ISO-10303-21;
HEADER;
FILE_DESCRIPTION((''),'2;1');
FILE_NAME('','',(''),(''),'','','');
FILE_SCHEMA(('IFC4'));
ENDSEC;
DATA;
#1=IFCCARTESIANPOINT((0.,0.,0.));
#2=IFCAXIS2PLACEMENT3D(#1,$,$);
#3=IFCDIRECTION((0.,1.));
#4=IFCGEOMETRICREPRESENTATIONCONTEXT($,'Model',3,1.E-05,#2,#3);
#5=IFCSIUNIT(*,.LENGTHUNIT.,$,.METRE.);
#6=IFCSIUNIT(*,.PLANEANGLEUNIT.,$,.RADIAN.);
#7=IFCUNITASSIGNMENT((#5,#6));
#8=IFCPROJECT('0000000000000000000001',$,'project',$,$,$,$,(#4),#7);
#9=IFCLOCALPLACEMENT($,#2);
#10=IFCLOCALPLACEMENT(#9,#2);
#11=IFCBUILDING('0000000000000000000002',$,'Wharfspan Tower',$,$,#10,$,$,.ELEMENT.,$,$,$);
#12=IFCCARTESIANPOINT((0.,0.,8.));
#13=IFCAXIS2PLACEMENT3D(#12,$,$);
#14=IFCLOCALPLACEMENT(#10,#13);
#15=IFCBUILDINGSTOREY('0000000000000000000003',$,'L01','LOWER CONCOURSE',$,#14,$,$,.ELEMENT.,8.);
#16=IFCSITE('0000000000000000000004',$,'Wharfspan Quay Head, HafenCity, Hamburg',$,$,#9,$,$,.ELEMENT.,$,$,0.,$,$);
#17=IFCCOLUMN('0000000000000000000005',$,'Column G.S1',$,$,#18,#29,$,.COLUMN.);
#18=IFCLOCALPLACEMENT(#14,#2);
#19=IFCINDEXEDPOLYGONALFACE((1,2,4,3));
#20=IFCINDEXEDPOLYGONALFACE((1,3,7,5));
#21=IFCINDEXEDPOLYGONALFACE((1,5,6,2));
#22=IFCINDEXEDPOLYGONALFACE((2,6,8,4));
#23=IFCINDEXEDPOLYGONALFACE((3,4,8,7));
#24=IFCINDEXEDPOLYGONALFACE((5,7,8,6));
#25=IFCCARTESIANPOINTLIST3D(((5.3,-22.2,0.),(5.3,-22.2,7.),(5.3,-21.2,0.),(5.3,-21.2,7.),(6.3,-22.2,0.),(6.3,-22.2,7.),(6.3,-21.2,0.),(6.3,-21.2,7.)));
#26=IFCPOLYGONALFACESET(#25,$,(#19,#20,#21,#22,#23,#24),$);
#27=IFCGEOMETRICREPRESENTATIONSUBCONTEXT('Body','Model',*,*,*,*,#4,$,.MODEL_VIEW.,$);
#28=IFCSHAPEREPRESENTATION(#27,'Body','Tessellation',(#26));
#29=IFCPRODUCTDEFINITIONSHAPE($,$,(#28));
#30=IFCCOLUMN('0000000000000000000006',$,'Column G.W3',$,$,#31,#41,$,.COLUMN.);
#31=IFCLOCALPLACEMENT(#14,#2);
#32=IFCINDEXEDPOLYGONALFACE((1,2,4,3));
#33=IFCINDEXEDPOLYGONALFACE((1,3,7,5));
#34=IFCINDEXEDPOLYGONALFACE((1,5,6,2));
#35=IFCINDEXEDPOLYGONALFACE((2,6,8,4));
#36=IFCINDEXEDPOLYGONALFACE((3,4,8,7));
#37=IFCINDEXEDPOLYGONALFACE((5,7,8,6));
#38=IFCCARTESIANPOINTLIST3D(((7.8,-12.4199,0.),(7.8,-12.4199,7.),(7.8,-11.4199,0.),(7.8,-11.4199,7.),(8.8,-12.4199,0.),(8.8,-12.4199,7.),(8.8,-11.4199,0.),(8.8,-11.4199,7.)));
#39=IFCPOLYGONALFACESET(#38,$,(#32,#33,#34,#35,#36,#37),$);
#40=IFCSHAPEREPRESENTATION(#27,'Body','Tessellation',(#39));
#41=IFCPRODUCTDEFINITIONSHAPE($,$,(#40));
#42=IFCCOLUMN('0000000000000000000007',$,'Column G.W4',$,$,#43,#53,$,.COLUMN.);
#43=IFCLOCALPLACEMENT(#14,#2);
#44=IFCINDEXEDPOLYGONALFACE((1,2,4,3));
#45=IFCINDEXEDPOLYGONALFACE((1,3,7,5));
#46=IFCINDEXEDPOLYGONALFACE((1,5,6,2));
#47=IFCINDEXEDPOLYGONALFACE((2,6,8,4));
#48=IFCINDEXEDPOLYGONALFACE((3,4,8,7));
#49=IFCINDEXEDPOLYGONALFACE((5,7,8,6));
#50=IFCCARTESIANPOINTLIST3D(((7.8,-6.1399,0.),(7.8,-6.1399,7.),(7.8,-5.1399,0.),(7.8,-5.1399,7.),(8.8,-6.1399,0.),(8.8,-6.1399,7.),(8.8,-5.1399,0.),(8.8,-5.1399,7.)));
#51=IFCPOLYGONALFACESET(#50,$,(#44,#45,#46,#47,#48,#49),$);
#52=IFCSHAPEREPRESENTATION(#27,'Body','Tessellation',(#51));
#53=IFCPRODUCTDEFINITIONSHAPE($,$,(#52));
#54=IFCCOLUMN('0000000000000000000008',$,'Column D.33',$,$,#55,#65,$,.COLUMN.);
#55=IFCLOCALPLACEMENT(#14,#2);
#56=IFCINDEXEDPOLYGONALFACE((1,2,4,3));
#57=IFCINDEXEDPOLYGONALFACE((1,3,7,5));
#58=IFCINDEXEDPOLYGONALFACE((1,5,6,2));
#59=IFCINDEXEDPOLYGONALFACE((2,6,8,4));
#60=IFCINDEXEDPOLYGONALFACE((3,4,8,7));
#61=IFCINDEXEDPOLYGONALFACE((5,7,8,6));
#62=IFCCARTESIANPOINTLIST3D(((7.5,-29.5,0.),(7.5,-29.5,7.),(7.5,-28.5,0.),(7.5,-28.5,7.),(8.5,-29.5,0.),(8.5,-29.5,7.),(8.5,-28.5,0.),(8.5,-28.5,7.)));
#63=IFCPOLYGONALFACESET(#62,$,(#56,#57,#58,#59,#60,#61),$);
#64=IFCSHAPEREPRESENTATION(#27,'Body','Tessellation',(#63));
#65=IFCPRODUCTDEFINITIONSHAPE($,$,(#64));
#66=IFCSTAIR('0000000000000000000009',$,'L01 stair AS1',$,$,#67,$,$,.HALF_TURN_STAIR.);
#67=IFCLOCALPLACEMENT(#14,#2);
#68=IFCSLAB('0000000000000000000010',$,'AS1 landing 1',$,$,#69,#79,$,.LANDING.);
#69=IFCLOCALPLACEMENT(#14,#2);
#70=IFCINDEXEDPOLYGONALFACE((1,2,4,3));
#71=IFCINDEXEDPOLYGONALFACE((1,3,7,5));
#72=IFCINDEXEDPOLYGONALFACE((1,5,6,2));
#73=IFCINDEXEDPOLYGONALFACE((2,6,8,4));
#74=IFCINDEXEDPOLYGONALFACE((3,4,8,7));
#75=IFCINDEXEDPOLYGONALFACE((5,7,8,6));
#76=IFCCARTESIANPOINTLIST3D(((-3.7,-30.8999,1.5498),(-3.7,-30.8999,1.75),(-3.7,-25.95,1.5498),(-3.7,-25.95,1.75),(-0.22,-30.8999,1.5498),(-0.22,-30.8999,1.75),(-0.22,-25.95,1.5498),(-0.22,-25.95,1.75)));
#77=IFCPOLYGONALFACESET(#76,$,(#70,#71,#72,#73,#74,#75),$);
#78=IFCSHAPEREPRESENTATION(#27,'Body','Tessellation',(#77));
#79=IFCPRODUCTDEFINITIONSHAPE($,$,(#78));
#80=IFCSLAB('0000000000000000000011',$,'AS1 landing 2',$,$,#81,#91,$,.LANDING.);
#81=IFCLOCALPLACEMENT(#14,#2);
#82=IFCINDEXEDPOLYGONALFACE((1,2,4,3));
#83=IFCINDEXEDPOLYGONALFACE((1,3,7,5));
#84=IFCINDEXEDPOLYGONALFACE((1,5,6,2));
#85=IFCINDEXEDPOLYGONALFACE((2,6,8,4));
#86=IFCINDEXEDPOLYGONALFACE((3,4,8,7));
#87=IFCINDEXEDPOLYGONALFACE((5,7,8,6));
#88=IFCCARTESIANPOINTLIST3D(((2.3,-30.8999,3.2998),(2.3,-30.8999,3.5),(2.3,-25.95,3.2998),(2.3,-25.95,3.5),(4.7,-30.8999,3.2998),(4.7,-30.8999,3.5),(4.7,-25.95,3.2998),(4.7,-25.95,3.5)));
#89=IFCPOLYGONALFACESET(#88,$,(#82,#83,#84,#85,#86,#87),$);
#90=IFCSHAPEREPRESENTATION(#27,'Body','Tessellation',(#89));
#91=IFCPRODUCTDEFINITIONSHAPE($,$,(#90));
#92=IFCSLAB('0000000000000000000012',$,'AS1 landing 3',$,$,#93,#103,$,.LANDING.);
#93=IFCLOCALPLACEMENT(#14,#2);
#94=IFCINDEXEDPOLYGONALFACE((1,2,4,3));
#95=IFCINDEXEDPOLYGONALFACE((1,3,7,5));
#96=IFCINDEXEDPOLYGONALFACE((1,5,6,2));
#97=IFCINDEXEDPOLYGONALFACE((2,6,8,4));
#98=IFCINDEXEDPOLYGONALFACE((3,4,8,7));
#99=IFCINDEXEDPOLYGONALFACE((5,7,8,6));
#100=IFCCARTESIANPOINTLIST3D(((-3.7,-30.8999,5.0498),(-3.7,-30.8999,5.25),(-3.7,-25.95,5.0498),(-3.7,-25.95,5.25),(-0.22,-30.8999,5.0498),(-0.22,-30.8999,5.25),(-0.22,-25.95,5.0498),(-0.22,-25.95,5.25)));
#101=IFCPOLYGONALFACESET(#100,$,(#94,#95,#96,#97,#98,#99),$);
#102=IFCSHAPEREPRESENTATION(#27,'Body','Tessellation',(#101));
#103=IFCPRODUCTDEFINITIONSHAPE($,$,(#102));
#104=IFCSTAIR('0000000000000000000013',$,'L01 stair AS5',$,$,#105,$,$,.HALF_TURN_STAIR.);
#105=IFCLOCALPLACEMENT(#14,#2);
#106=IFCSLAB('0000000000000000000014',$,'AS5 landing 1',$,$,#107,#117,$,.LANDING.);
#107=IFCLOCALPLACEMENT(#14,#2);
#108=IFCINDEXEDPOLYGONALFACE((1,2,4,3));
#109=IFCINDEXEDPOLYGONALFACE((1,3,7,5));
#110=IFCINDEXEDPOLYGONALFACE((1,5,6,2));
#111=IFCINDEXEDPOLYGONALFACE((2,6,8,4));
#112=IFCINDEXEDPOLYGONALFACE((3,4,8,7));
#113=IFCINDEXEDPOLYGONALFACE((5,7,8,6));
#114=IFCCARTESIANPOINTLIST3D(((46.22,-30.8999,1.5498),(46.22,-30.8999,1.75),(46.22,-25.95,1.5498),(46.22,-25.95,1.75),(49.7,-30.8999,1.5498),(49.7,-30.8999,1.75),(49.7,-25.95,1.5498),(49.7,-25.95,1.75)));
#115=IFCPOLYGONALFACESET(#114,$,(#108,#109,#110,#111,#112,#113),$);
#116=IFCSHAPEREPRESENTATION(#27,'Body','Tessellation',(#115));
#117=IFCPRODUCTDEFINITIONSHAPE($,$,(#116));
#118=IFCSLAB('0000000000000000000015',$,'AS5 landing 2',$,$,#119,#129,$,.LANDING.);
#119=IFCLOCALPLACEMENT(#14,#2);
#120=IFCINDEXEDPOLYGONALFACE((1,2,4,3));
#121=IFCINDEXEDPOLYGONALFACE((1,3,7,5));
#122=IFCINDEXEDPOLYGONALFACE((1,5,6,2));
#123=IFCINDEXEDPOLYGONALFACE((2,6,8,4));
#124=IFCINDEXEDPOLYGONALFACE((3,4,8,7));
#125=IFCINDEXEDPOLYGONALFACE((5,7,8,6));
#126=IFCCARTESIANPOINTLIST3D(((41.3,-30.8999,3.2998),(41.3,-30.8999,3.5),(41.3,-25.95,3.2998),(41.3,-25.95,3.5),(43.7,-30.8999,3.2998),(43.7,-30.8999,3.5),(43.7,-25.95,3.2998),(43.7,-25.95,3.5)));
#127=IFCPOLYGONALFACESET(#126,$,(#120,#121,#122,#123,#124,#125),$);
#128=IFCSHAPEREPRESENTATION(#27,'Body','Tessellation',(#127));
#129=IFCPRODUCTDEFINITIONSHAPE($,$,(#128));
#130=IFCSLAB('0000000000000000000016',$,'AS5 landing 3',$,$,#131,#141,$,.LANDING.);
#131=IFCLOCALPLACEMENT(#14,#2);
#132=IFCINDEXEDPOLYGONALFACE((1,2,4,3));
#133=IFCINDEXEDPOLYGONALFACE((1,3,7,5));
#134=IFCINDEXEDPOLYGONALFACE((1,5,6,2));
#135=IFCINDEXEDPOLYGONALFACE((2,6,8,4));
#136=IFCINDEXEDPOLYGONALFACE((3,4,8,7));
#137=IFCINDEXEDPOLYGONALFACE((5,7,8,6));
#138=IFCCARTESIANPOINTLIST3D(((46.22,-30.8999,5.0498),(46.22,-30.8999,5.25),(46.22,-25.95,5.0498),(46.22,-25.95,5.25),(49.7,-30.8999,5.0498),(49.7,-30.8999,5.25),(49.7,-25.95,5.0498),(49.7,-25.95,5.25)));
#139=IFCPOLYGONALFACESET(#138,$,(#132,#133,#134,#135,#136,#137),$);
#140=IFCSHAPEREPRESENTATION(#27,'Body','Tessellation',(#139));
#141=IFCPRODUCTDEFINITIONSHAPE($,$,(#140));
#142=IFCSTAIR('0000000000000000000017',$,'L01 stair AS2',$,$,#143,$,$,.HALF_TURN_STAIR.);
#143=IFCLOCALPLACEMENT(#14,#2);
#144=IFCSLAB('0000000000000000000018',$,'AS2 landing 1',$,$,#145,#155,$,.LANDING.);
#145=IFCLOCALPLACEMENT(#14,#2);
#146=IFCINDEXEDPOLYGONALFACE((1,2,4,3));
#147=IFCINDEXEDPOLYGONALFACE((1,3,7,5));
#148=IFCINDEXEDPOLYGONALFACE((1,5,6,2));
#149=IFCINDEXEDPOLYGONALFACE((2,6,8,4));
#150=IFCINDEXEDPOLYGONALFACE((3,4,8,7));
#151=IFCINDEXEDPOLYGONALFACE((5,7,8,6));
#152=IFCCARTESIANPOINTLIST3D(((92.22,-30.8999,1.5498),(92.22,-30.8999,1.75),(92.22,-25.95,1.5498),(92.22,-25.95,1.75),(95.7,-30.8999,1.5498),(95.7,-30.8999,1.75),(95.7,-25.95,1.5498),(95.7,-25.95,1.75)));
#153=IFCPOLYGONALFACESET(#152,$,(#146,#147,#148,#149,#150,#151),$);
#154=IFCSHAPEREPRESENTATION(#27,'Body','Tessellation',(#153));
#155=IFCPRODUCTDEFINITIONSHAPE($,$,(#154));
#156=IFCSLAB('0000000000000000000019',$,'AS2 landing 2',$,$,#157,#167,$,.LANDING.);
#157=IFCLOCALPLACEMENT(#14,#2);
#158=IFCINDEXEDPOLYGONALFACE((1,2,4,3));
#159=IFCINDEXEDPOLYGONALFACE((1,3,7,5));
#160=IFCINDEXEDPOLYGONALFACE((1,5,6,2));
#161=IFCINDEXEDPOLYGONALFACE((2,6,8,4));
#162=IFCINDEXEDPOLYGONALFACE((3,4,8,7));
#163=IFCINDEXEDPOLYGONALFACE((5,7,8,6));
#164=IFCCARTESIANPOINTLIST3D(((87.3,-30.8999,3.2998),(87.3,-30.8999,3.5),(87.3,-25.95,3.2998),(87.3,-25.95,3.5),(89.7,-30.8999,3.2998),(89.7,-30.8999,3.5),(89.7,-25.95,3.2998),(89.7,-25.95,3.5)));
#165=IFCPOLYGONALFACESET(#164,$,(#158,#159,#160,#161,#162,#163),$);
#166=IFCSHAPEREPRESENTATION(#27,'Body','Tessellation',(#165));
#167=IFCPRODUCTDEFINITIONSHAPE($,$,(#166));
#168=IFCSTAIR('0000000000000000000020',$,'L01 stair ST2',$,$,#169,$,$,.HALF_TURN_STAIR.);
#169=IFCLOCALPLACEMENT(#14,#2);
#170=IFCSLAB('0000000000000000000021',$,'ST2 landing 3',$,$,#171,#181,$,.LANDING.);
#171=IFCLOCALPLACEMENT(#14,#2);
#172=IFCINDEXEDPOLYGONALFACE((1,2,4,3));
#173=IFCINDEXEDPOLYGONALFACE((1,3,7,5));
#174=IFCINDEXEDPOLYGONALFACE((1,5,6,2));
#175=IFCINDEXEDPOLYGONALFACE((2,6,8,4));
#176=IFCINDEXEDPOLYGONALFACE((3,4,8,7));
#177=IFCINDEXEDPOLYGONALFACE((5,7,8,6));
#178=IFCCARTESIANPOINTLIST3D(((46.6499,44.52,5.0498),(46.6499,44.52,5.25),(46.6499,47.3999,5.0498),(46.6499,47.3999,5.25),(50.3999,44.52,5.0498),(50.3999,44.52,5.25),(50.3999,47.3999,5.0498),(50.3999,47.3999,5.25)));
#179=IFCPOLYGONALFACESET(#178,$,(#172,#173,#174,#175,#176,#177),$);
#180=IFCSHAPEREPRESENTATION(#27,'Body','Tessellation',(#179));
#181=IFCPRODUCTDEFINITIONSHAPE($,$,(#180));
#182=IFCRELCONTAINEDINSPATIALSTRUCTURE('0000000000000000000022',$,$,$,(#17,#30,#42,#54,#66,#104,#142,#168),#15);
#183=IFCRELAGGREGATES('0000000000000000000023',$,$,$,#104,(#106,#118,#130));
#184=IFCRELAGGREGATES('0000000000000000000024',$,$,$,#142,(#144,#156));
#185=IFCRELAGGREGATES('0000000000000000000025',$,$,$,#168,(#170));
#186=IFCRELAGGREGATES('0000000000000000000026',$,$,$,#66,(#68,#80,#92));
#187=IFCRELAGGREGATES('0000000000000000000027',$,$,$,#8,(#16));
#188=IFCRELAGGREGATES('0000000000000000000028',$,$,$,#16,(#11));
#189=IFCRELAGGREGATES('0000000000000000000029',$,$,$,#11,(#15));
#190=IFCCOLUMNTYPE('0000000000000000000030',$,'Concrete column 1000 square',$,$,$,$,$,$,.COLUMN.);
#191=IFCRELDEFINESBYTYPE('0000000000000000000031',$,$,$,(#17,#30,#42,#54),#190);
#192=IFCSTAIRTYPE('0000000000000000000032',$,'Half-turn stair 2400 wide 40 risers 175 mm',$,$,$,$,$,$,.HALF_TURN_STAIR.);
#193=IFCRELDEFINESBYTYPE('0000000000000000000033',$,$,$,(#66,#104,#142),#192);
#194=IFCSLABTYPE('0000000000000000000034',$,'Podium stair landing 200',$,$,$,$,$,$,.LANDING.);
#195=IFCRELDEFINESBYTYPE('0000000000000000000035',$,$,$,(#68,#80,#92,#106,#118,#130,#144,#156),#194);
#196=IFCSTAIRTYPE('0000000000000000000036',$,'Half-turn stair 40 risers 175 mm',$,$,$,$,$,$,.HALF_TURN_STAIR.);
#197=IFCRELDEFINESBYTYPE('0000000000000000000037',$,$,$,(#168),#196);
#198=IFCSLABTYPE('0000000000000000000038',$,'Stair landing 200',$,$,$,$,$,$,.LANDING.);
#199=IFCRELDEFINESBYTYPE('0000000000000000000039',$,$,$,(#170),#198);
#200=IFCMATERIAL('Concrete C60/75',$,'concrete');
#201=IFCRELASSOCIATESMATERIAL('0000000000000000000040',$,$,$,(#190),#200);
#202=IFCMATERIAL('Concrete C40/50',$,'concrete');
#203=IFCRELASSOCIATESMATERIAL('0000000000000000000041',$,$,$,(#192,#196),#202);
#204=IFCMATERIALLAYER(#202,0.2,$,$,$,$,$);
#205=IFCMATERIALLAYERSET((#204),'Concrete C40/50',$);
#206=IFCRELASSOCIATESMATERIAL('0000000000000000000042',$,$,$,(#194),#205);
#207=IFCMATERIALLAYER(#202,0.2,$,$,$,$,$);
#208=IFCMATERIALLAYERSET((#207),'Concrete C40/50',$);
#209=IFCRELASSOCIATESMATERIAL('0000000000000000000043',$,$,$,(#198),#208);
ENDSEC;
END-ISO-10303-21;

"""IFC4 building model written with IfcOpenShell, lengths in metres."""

from ifc_helpers import new_model, si_unit, direction, frame, origin, origin_2d, place, context, subcontext, project, spatial, polyline, rectangle, outline, extrude, material, layer, layer_set, material_profile, profile_set, type_object, element, aggregate, save


model = new_model("IFC4")

# Units and contexts
model_context = context("Model", 3, precision=1e-05, world=origin(), true_north=direction((0.0, 1.0)))
body_context = subcontext(model_context, "Body", "Model", "MODEL_VIEW")
ifc_project = project(units=[si_unit("LENGTHUNIT", "METRE"), si_unit("PLANEANGLEUNIT", "RADIAN")], contexts=[model_context])

# Site, building, storey
site_placement = place(None, origin())
site = spatial("IfcSite", under=ifc_project, at=site_placement, Name="Wharfspan Quay Head, HafenCity, Hamburg", CompositionType="ELEMENT", RefElevation=0.0)
building_placement = place(site_placement, origin())
building = spatial("IfcBuilding", under=site, at=building_placement, Name="Wharfspan Tower", CompositionType="ELEMENT")
storey_placement = place(building_placement, frame((0.0, 0.0, 8.0)))
storey = spatial("IfcBuildingStorey", under=building, at=storey_placement, Name="L01", Description="LOWER CONCOURSE", CompositionType="ELEMENT", Elevation=8.0)

# Columns
ifc_material_1 = material(Name="Concrete C60/75", Category="concrete")
ifc_material_profile = material_profile(ifc_material_1, rectangle(XDim=1.0, YDim=1.0, at=origin_2d()))
ifc_profile_set = profile_set([ifc_material_profile], Name="Concrete C60/75")
column_type = type_object("IfcColumnType", Name="Concrete column 1000 square", PredefinedType="COLUMN", material=ifc_profile_set)
for number, where, z_axis, x_axis, name in (
    (1, (5.8, -21.7, 0.0), (0.0, 0.0, 1.0), (1.0, 0.0, 0.0), "Column G.S1"),
    (2, (8.3, -11.9199, 0.0), (0.0, 0.0, 1.0), (1.0, 0.0, 0.0), "Column G.W3"),
    (3, (8.3, -5.6399, 0.0), (0.0, 0.0, 1.0), (1.0, 0.0, 0.0), "Column G.W4"),
    (4, (8.0, -29.0, 0.0), (0.0, 0.0, 1.0), (1.0, 0.0, 0.0), "Column D.33"),
):
    element("IfcColumn", number, at=place(storey_placement, frame(where, z_axis=z_axis, x_axis=x_axis)), inside=storey, type_object=column_type, Name=name, PredefinedType="COLUMN", context=body_context, shape_type="SweptSolid", body=[
        extrude(rectangle(XDim=1.0, YDim=1.0, at=origin_2d()), origin(), (0.0, 0.0, 1.0), 7.0),
    ])

# Stairs, slabs
ifc_material_2 = material(Name="Concrete C40/50", Category="concrete")
stair_type_1 = type_object("IfcStairType", Name="Half-turn stair 2400 wide 40 risers 175 mm", PredefinedType="HALF_TURN_STAIR", material=ifc_material_2)
stair_1_placement = place(storey_placement, origin())
stair_1 = element("IfcStair", 5, at=stair_1_placement, inside=storey, type_object=stair_type_1, Name="L01 stair AS1", PredefinedType="HALF_TURN_STAIR")
ifc_layer_1 = layer(ifc_material_2, 0.2)
ifc_layer_set_1 = layer_set([ifc_layer_1], Name="Concrete C40/50")
slab_type_1 = type_object("IfcSlabType", Name="Podium stair landing 200", PredefinedType="LANDING", material=ifc_layer_set_1)
slab_1_placement = place(storey_placement, frame((0.0, 0.0, 1.5498)))
slab_1 = element("IfcSlab", 6, at=slab_1_placement, type_object=slab_type_1, Name="AS1 landing 1", PredefinedType="LANDING", context=body_context, shape_type="SweptSolid", body=[
    extrude(outline(polyline([(-0.22, -25.95), (-3.7, -25.95), (-3.7, -30.8999), (-0.22, -30.8999), (-0.22, -25.95)])), origin(), (0.0, 0.0, 1.0), 0.2002),
])
slab_2_placement = place(storey_placement, frame((0.0, 0.0, 3.2998)))
slab_2 = element("IfcSlab", 7, at=slab_2_placement, type_object=slab_type_1, Name="AS1 landing 2", PredefinedType="LANDING", context=body_context, shape_type="SweptSolid", body=[
    extrude(outline(polyline([(4.7, -25.95), (2.3, -25.95), (2.3, -30.8999), (4.7, -30.8999), (4.7, -25.95)])), origin(), (0.0, 0.0, 1.0), 0.2002),
])
slab_3_placement = place(storey_placement, frame((0.0, 0.0, 5.0498)))
slab_3 = element("IfcSlab", 8, at=slab_3_placement, type_object=slab_type_1, Name="AS1 landing 3", PredefinedType="LANDING", context=body_context, shape_type="SweptSolid", body=[
    extrude(outline(polyline([(-0.22, -25.95), (-3.7, -25.95), (-3.7, -30.8999), (-0.22, -30.8999), (-0.22, -25.95)])), origin(), (0.0, 0.0, 1.0), 0.2002),
])
stair_2_placement = place(storey_placement, origin())
stair_2 = element("IfcStair", 9, at=stair_2_placement, inside=storey, type_object=stair_type_1, Name="L01 stair AS5", PredefinedType="HALF_TURN_STAIR")
slab_4_placement = place(storey_placement, frame((0.0, 0.0, 1.5498)))
slab_4 = element("IfcSlab", 10, at=slab_4_placement, type_object=slab_type_1, Name="AS5 landing 1", PredefinedType="LANDING", context=body_context, shape_type="SweptSolid", body=[
    extrude(outline(polyline([(46.22, -30.8999), (49.7, -30.8999), (49.7, -25.95), (46.22, -25.95), (46.22, -30.8999)])), origin(), (0.0, 0.0, 1.0), 0.2002),
])
slab_5_placement = place(storey_placement, frame((0.0, 0.0, 3.2998)))
slab_5 = element("IfcSlab", 11, at=slab_5_placement, type_object=slab_type_1, Name="AS5 landing 2", PredefinedType="LANDING", context=body_context, shape_type="SweptSolid", body=[
    extrude(outline(polyline([(41.3, -30.8999), (43.7, -30.8999), (43.7, -25.95), (41.3, -25.95), (41.3, -30.8999)])), origin(), (0.0, 0.0, 1.0), 0.2002),
])
slab_6_placement = place(storey_placement, frame((0.0, 0.0, 5.0498)))
slab_6 = element("IfcSlab", 12, at=slab_6_placement, type_object=slab_type_1, Name="AS5 landing 3", PredefinedType="LANDING", context=body_context, shape_type="SweptSolid", body=[
    extrude(outline(polyline([(46.22, -30.8999), (49.7, -30.8999), (49.7, -25.95), (46.22, -25.95), (46.22, -30.8999)])), origin(), (0.0, 0.0, 1.0), 0.2002),
])
aggregate(stair_2, [slab_4, slab_5, slab_6])
stair_3_placement = place(storey_placement, origin())
stair_3 = element("IfcStair", 13, at=stair_3_placement, inside=storey, type_object=stair_type_1, Name="L01 stair AS2", PredefinedType="HALF_TURN_STAIR")
slab_7_placement = place(storey_placement, frame((0.0, 0.0, 1.5498)))
slab_7 = element("IfcSlab", 14, at=slab_7_placement, type_object=slab_type_1, Name="AS2 landing 1", PredefinedType="LANDING", context=body_context, shape_type="SweptSolid", body=[
    extrude(outline(polyline([(92.22, -30.8999), (95.7, -30.8999), (95.7, -25.95), (92.22, -25.95), (92.22, -30.8999)])), origin(), (0.0, 0.0, 1.0), 0.2002),
])
slab_8_placement = place(storey_placement, frame((0.0, 0.0, 3.2998)))
slab_8 = element("IfcSlab", 15, at=slab_8_placement, type_object=slab_type_1, Name="AS2 landing 2", PredefinedType="LANDING", context=body_context, shape_type="SweptSolid", body=[
    extrude(outline(polyline([(87.3, -30.8999), (89.7, -30.8999), (89.7, -25.95), (87.3, -25.95), (87.3, -30.8999)])), origin(), (0.0, 0.0, 1.0), 0.2002),
])
aggregate(stair_3, [slab_7, slab_8])

# Stair, slab
stair_type_2 = type_object("IfcStairType", Name="Half-turn stair 40 risers 175 mm", PredefinedType="HALF_TURN_STAIR", material=ifc_material_2)
stair_4_placement = place(storey_placement, origin())
stair_4 = element("IfcStair", 16, at=stair_4_placement, inside=storey, type_object=stair_type_2, Name="L01 stair ST2", PredefinedType="HALF_TURN_STAIR")
ifc_layer_2 = layer(ifc_material_2, 0.2)
ifc_layer_set_2 = layer_set([ifc_layer_2], Name="Concrete C40/50")
slab_type_2 = type_object("IfcSlabType", Name="Stair landing 200", PredefinedType="LANDING", material=ifc_layer_set_2)
slab_9_placement = place(storey_placement, frame((0.0, 0.0, 5.0498)))
slab_9 = element("IfcSlab", 17, at=slab_9_placement, type_object=slab_type_2, Name="ST2 landing 3", PredefinedType="LANDING", context=body_context, shape_type="SweptSolid", body=[
    extrude(outline(polyline([(50.3999, 44.52), (50.3999, 47.3999), (46.6499, 47.3999), (46.6499, 44.52), (50.3999, 44.52)])), origin(), (0.0, 0.0, 1.0), 0.2002),
])
aggregate(stair_4, [slab_9])

aggregate(stair_1, [slab_1, slab_2, slab_3])

save(model, "model.ifc")
